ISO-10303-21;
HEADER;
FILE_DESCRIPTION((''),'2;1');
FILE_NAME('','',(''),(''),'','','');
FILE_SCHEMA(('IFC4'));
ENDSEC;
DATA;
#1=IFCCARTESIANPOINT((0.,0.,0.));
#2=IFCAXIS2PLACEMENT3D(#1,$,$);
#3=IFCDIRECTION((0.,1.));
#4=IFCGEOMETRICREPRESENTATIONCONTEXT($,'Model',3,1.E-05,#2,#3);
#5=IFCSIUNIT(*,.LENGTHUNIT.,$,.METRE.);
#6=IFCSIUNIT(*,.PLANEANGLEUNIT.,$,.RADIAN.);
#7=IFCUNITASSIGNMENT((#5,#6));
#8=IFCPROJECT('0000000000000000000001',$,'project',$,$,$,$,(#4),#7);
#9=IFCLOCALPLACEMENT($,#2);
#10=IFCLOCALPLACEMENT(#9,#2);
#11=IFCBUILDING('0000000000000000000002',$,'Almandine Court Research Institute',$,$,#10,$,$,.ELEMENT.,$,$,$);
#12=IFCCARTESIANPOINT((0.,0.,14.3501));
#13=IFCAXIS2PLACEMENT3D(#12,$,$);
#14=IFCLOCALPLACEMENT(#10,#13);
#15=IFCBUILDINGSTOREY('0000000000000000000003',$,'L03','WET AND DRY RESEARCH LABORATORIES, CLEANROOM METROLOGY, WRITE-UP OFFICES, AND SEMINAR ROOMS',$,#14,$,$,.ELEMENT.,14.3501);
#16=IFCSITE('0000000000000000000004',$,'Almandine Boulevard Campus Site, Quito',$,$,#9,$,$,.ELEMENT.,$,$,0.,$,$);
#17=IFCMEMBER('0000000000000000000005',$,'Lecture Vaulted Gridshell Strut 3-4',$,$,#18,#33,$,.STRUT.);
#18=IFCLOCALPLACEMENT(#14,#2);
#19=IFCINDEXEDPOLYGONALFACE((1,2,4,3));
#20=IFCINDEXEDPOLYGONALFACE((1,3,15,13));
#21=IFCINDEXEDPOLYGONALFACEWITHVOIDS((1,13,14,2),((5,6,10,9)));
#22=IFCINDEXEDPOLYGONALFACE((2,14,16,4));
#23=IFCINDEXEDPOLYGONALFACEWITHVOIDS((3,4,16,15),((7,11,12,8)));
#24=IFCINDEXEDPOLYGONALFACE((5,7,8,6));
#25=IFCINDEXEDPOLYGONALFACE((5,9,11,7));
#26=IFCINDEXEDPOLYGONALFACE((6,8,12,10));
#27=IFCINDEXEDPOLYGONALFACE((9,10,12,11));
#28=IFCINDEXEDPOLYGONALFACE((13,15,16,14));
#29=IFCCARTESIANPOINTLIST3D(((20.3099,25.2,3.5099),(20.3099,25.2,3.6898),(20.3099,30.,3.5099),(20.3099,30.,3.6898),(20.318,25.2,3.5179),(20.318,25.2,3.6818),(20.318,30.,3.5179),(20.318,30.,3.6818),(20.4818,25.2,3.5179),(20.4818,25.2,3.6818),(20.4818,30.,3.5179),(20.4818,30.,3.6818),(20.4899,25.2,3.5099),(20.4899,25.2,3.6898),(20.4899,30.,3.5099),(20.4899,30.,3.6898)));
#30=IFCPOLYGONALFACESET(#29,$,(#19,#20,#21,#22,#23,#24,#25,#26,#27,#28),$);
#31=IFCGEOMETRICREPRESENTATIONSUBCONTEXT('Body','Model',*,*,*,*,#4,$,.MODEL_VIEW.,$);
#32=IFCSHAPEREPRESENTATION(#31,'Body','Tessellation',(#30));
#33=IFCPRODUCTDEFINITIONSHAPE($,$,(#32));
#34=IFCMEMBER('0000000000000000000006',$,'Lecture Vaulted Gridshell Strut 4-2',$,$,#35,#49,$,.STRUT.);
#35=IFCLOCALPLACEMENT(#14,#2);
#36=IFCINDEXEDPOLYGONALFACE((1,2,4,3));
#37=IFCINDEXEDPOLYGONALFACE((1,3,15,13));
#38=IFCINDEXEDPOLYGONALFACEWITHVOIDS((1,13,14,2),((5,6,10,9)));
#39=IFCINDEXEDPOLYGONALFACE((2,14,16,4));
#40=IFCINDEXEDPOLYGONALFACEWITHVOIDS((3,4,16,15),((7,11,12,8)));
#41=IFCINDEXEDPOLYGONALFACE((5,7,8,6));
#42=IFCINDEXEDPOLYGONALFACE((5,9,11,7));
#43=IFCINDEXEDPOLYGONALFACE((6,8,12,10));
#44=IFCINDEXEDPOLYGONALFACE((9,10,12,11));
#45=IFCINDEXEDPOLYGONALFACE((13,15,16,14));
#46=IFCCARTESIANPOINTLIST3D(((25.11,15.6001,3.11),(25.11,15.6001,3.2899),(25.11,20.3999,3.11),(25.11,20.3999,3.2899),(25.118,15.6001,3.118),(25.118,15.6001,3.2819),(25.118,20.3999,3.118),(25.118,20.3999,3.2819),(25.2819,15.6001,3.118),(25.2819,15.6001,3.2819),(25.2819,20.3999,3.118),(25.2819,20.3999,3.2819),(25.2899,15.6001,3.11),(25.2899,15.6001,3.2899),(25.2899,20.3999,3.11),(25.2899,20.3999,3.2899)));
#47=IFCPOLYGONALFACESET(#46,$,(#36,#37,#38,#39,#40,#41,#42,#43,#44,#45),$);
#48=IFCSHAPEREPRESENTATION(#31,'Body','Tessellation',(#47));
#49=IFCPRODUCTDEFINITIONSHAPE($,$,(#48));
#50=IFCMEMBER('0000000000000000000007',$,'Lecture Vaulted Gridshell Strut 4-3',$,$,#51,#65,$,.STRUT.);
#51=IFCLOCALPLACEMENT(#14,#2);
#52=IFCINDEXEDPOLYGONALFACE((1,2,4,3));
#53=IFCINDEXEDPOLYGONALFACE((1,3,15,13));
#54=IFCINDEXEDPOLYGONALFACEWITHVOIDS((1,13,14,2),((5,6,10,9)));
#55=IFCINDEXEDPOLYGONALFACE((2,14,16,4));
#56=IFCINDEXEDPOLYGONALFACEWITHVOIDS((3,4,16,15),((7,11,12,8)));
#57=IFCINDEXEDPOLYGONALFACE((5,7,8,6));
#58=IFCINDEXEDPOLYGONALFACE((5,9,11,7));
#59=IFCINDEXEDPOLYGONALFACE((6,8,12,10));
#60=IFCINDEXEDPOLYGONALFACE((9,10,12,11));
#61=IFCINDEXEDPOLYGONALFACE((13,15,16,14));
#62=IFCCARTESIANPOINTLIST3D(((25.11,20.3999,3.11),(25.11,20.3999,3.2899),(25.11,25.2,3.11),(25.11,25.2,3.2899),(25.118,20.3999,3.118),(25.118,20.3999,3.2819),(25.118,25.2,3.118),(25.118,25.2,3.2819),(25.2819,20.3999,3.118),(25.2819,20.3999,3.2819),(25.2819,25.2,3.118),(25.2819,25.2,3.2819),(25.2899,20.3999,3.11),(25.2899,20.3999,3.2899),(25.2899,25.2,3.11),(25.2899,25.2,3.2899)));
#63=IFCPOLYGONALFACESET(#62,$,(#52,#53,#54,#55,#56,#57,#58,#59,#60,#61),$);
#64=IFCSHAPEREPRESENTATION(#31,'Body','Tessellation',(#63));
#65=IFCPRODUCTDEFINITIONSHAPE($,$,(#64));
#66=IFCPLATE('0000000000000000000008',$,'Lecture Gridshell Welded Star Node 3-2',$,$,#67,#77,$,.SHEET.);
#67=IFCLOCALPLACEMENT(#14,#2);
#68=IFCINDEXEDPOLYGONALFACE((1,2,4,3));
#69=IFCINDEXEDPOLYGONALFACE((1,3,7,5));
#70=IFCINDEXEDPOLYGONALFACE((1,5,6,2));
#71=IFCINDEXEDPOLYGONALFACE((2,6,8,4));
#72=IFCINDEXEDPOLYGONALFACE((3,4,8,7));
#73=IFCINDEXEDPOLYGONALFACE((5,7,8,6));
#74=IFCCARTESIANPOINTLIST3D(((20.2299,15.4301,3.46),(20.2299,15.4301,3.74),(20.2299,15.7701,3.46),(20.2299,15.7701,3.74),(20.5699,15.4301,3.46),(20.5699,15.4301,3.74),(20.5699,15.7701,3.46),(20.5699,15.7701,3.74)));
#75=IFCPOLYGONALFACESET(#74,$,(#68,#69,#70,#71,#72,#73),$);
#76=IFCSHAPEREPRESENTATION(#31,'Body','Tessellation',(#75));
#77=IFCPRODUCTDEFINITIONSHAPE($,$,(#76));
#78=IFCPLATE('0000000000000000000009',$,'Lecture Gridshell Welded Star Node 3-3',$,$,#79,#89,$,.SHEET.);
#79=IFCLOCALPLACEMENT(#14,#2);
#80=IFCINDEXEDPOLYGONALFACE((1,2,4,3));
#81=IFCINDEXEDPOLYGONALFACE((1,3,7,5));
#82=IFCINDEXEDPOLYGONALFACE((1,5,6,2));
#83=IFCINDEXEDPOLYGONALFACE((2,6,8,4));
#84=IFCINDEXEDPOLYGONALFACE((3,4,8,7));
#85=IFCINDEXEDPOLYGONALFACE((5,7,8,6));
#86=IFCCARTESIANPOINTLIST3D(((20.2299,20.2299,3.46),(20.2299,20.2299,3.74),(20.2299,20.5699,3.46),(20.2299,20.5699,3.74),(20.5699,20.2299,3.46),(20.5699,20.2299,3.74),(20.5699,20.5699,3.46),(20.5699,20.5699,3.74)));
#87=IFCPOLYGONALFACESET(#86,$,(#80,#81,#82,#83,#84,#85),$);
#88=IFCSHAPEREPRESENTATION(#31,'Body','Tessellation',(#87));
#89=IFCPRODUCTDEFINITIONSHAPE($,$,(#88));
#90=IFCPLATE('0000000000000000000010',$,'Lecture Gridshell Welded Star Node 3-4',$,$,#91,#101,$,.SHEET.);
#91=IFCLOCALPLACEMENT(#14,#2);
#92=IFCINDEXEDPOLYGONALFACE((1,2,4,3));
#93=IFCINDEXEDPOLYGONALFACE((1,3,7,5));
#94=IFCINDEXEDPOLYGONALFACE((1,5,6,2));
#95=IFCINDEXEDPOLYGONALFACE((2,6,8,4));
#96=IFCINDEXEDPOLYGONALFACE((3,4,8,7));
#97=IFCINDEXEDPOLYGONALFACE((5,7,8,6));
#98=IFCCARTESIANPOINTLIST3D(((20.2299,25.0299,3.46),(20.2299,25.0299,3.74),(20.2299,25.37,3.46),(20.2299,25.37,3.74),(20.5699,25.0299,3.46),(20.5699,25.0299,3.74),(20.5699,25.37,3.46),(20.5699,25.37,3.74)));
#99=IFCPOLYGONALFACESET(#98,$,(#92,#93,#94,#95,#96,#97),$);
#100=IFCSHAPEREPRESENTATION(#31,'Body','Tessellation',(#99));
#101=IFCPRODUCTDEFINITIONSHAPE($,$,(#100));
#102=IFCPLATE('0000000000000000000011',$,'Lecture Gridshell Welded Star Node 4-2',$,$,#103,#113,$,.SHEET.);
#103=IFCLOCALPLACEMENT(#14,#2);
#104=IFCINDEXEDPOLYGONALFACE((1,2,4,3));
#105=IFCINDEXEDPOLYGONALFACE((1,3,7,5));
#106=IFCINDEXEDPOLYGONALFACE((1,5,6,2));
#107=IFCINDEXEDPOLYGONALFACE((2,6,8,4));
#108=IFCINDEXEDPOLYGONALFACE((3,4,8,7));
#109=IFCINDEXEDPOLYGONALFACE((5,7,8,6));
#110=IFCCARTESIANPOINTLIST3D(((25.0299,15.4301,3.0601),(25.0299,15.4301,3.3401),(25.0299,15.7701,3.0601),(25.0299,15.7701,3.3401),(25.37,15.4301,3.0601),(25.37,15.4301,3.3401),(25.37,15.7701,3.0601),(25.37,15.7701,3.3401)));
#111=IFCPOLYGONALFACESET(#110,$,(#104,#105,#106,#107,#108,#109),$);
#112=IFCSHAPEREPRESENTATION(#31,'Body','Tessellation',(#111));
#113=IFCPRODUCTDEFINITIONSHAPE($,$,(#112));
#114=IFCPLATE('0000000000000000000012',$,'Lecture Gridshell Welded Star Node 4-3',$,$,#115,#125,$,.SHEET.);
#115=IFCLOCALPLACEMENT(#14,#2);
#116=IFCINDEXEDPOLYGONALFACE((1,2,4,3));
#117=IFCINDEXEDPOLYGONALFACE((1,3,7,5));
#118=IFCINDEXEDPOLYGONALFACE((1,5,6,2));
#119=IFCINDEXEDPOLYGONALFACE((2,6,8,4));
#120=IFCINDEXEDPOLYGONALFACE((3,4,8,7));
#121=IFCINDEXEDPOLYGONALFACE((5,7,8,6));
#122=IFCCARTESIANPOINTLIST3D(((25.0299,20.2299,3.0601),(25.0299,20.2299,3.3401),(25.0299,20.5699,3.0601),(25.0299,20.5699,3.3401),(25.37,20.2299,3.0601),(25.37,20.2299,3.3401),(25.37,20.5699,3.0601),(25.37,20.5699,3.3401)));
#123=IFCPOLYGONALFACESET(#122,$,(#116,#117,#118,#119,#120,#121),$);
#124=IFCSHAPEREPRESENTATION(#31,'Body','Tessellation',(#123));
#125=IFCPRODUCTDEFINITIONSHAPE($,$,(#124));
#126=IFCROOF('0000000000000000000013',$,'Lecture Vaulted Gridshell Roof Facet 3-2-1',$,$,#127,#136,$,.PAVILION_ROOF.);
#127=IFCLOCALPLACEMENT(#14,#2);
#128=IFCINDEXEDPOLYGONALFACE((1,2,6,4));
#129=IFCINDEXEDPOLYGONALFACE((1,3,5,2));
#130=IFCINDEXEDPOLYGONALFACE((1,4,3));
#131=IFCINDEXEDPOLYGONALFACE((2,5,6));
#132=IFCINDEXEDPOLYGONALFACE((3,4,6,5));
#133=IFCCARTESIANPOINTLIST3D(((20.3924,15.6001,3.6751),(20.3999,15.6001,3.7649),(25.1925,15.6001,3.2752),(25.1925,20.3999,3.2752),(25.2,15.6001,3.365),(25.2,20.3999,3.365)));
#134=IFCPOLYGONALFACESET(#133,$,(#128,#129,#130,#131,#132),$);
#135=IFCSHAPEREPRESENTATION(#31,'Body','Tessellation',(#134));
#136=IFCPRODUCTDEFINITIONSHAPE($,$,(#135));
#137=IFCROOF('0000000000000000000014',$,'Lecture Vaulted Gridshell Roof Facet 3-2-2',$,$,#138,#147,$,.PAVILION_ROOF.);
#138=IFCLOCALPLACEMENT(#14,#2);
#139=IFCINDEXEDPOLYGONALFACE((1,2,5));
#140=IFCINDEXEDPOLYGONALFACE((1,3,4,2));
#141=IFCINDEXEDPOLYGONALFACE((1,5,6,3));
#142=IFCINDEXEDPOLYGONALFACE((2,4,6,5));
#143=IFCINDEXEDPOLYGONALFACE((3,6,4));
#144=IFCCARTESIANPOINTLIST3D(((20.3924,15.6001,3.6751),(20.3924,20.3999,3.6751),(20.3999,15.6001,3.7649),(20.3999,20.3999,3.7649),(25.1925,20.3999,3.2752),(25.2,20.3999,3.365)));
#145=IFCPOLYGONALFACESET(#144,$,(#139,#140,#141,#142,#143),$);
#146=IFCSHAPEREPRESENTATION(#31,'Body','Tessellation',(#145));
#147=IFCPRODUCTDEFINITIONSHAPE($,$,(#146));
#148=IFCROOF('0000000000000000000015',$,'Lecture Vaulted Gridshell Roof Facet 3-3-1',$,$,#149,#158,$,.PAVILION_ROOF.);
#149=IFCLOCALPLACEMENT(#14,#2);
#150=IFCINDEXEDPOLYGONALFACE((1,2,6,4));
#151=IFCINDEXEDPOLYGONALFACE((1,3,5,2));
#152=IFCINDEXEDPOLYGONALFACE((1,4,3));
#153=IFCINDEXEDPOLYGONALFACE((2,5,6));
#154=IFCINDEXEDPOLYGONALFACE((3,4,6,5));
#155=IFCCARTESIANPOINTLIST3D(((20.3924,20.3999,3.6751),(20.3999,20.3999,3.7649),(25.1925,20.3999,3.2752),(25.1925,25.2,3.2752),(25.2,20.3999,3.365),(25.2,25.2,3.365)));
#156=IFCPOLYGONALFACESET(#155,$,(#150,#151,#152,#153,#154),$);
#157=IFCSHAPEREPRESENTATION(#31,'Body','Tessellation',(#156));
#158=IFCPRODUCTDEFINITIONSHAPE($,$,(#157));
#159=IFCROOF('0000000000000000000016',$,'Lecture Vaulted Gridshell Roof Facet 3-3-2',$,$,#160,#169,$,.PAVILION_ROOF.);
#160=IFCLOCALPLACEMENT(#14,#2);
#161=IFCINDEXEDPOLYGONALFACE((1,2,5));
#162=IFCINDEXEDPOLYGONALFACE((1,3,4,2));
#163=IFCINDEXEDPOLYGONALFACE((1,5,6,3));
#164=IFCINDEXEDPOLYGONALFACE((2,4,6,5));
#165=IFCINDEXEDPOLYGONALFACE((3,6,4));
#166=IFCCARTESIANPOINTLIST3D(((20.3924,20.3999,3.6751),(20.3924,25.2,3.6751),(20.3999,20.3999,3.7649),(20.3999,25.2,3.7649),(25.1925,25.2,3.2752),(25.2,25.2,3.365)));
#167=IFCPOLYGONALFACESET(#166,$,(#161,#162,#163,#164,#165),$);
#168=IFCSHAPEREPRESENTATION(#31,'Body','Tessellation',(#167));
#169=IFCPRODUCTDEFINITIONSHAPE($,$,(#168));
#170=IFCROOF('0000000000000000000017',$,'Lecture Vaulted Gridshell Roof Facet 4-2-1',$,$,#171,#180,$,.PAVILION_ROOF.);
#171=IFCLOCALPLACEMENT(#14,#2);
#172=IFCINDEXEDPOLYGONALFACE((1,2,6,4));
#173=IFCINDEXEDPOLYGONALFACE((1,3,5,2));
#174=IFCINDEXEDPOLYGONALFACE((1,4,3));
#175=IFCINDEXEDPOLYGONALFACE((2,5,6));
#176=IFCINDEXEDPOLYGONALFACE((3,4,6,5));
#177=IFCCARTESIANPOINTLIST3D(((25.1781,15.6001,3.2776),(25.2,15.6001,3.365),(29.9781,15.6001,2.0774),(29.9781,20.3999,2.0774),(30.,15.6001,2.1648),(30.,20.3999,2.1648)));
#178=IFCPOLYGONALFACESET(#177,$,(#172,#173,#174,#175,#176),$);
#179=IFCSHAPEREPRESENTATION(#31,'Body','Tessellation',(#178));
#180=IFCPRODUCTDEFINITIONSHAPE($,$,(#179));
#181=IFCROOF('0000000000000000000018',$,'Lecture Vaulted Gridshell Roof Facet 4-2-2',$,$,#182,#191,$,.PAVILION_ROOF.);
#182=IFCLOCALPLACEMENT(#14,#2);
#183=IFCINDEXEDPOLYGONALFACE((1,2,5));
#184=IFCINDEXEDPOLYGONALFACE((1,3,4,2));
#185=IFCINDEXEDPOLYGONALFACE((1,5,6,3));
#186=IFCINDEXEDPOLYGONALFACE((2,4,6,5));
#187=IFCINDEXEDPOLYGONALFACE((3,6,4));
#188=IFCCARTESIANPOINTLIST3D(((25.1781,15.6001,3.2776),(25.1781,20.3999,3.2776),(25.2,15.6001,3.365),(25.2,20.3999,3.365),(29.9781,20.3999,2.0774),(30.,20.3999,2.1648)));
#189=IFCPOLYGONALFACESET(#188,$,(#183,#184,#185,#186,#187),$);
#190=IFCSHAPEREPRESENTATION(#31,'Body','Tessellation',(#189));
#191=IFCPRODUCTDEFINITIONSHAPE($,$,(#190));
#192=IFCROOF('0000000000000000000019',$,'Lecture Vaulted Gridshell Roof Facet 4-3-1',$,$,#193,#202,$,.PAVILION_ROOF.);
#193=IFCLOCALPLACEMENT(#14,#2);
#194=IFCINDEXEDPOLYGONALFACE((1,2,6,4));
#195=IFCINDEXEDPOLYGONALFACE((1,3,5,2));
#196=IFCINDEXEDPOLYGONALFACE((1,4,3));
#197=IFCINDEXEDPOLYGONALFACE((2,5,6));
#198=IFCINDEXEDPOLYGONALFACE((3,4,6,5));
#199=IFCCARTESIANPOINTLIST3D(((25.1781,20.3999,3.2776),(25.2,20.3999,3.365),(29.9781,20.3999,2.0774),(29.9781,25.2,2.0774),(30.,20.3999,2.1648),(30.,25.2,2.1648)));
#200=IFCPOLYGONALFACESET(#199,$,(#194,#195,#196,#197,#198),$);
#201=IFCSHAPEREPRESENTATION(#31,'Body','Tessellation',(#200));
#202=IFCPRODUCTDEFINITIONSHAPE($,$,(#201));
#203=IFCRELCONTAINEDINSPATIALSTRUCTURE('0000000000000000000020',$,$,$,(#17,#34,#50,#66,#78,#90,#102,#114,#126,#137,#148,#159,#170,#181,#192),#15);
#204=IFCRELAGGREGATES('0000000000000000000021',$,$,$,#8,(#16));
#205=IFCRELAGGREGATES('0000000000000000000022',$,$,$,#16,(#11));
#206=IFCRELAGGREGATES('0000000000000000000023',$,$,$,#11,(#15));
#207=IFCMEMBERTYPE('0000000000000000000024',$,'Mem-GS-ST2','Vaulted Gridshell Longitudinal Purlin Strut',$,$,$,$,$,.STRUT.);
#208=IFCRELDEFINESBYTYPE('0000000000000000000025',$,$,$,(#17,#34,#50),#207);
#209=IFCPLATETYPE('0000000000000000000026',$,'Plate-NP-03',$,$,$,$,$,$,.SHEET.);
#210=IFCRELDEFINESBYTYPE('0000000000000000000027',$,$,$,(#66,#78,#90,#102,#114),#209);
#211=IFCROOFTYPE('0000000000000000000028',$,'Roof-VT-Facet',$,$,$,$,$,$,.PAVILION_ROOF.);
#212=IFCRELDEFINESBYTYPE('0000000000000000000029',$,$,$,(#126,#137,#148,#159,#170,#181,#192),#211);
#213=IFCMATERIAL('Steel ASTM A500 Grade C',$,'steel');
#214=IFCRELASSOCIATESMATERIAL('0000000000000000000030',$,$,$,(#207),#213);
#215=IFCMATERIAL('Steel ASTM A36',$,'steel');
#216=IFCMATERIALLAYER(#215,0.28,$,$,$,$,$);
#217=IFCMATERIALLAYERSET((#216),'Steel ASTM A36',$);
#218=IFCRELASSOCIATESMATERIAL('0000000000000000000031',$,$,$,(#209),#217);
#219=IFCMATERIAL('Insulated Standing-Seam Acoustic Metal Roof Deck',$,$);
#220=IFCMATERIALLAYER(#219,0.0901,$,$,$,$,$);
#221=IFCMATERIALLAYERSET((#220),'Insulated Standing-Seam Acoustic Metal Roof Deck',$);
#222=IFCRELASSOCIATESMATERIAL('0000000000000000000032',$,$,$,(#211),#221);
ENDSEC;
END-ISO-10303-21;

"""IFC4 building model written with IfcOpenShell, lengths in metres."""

from ifc_helpers import new_model, si_unit, direction, frame, origin, origin_2d, place, context, subcontext, project, spatial, polyline, rectangle, hollow_rectangle, outline, extrude, material, layer, layer_set, material_profile, profile_set, type_object, element, save


model = new_model("IFC4")

# Units and contexts
model_context = context("Model", 3, precision=1e-05, world=origin(), true_north=direction((0.0, 1.0)))
body_context = subcontext(model_context, "Body", "Model", "MODEL_VIEW")
ifc_project = project(units=[si_unit("LENGTHUNIT", "METRE"), si_unit("PLANEANGLEUNIT", "RADIAN")], contexts=[model_context])

# Site, building, storey
site_placement = place(None, origin())
site = spatial("IfcSite", under=ifc_project, at=site_placement, Name="Almandine Boulevard Campus Site, Quito", CompositionType="ELEMENT", RefElevation=0.0)
building_placement = place(site_placement, origin())
building = spatial("IfcBuilding", under=site, at=building_placement, Name="Almandine Court Research Institute", CompositionType="ELEMENT")
storey_placement = place(building_placement, frame((0.0, 0.0, 14.3501)))
storey = spatial("IfcBuildingStorey", under=building, at=storey_placement, Name="L03", Description="WET AND DRY RESEARCH LABORATORIES, CLEANROOM METROLOGY, WRITE-UP OFFICES, AND SEMINAR ROOMS", CompositionType="ELEMENT", Elevation=14.3501)

# Members
ifc_material_1 = material(Name="Steel ASTM A500 Grade C", Category="steel")
ifc_material_profile_1 = material_profile(ifc_material_1, hollow_rectangle(XDim=0.1799, YDim=0.1799, WallThickness=0.0081, at=origin_2d()), Name="HSS 180x180x8")
ifc_profile_set_1 = profile_set([ifc_material_profile_1], Name="Steel ASTM A500 Grade C")
member_type_1 = type_object("IfcMemberType", Name="Mem-GS-ST2", Description="Vaulted Gridshell Longitudinal Purlin Strut", PredefinedType="STRUT", material=ifc_profile_set_1)
for number, where, z_axis, x_axis, name in (
    (1, (20.3999, 25.2, 3.5999), (0.0, 1.0, 0.0), (-1.0, 0.0, 0.0), "Lecture Vaulted Gridshell Strut 3-4"),
):
    element("IfcMember", number, at=place(storey_placement, frame(where, z_axis=z_axis, x_axis=x_axis)), inside=storey, type_object=member_type_1, Name=name, PredefinedType="STRUT", context=body_context, shape_type="SweptSolid", body=[
        extrude(hollow_rectangle(XDim=0.1799, YDim=0.1799, WallThickness=0.0081, at=origin_2d()), origin(), (0.0, 0.0, 1.0), 4.8),
    ])
member_1_placement = place(storey_placement, frame((25.2, 15.6001, 3.2), z_axis=(0.0, 1.0, 0.0), x_axis=(-1.0, 0.0, 0.0)))
element("IfcMember", 2, at=member_1_placement, inside=storey, type_object=member_type_1, Name="Lecture Vaulted Gridshell Strut 4-2", PredefinedType="STRUT", context=body_context, shape_type="SweptSolid", body=[
    extrude(hollow_rectangle(XDim=0.1799, YDim=0.1799, WallThickness=0.0081, at=origin_2d()), origin(), (0.0, 0.0, 1.0), 4.7998),
])
member_2_placement = place(storey_placement, frame((25.2, 20.3999, 3.2), z_axis=(0.0, 1.0, 0.0), x_axis=(-1.0, 0.0, 0.0)))
element("IfcMember", 3, at=member_2_placement, inside=storey, type_object=member_type_1, Name="Lecture Vaulted Gridshell Strut 4-3", PredefinedType="STRUT", context=body_context, shape_type="SweptSolid", body=[
    extrude(hollow_rectangle(XDim=0.1799, YDim=0.1799, WallThickness=0.0081, at=origin_2d()), origin(), (0.0, 0.0, 1.0), 4.8),
])

# Plates
ifc_material_2 = material(Name="Steel ASTM A36", Category="steel")
ifc_layer_1 = layer(ifc_material_2, 0.28)
ifc_layer_set_1 = layer_set([ifc_layer_1], Name="Steel ASTM A36")
plate_type = type_object("IfcPlateType", Name="Plate-NP-03", PredefinedType="SHEET", material=ifc_layer_set_1)
for number, where, z_axis, x_axis, name in (
    (4, (20.3999, 15.6001, 3.46), (0.0, 0.0, 1.0), (1.0, 0.0, 0.0), "Lecture Gridshell Welded Star Node 3-2"),
    (5, (20.3999, 20.3999, 3.46), (0.0, 0.0, 1.0), (1.0, 0.0, 0.0), "Lecture Gridshell Welded Star Node 3-3"),
    (6, (20.3999, 25.2, 3.46), (0.0, 0.0, 1.0), (1.0, 0.0, 0.0), "Lecture Gridshell Welded Star Node 3-4"),
    (7, (25.2, 15.6001, 3.0601), (0.0, 0.0, 1.0), (1.0, 0.0, 0.0), "Lecture Gridshell Welded Star Node 4-2"),
    (8, (25.2, 20.3999, 3.0601), (0.0, 0.0, 1.0), (1.0, 0.0, 0.0), "Lecture Gridshell Welded Star Node 4-3"),
):
    element("IfcPlate", number, at=place(storey_placement, frame(where, z_axis=z_axis, x_axis=x_axis)), inside=storey, type_object=plate_type, Name=name, PredefinedType="SHEET", context=body_context, shape_type="SweptSolid", body=[
        extrude(rectangle(XDim=0.3401, YDim=0.3401, at=origin_2d()), origin(), (0.0, 0.0, 1.0), 0.28),
    ])

# Roofs
ifc_material_3 = material(Name="Insulated Standing-Seam Acoustic Metal Roof Deck")
ifc_layer_2 = layer(ifc_material_3, 0.0901)
ifc_layer_set_2 = layer_set([ifc_layer_2], Name="Insulated Standing-Seam Acoustic Metal Roof Deck")
roof_type = type_object("IfcRoofType", Name="Roof-VT-Facet", PredefinedType="PAVILION_ROOF", material=ifc_layer_set_2)
roof_1_placement = place(storey_placement, frame((20.3999, 15.6001, 3.7649), z_axis=(0.083025, 0.0, 0.996548), x_axis=(0.996548, 0.0, -0.083025)))
element("IfcRoof", 9, at=roof_1_placement, inside=storey, type_object=roof_type, Name="Lecture Vaulted Gridshell Roof Facet 3-2-1", PredefinedType="PAVILION_ROOF", context=body_context, shape_type="SweptSolid", body=[
    extrude(outline(polyline([(0.0, 0.0), (4.8167, 0.0), (4.8167, 4.7998), (0.0, 0.0)])), origin(), (0.0, 0.0, -1.0), 0.0901),
])
roof_2_placement = place(storey_placement, frame((20.3999, 15.6001, 3.7649), z_axis=(0.083025, 0.0, 0.996548), x_axis=(0.705901, 0.705865, -0.05881)))
element("IfcRoof", 10, at=roof_2_placement, inside=storey, type_object=roof_type, Name="Lecture Vaulted Gridshell Roof Facet 3-2-2", PredefinedType="PAVILION_ROOF", context=body_context, shape_type="SweptSolid", body=[
    extrude(outline(polyline([(0.0, 0.0), (6.7999, 0.0), (3.388, 3.3999), (0.0, 0.0)])), origin(), (0.0, 0.0, -1.0), 0.0901),
])
roof_3_placement = place(storey_placement, frame((20.3999, 20.3999, 3.7649), z_axis=(0.083025, 0.0, 0.996548), x_axis=(0.996548, 0.0, -0.083025)))
element("IfcRoof", 11, at=roof_3_placement, inside=storey, type_object=roof_type, Name="Lecture Vaulted Gridshell Roof Facet 3-3-1", PredefinedType="PAVILION_ROOF", context=body_context, shape_type="SweptSolid", body=[
    extrude(outline(polyline([(0.0, 0.0), (4.8167, 0.0), (4.8167, 4.8), (0.0, 0.0)])), origin(), (0.0, 0.0, -1.0), 0.0901),
])
roof_4_placement = place(storey_placement, frame((20.3999, 20.3999, 3.7649), z_axis=(0.083025, 0.0, 0.996548), x_axis=(0.705883, 0.705883, -0.058809)))
element("IfcRoof", 12, at=roof_4_placement, inside=storey, type_object=roof_type, Name="Lecture Vaulted Gridshell Roof Facet 3-3-2", PredefinedType="PAVILION_ROOF", context=body_context, shape_type="SweptSolid", body=[
    extrude(outline(polyline([(0.0, 0.0), (6.8001, 0.0), (3.3883, 3.4), (0.0, 0.0)])), origin(), (0.0, 0.0, -1.0), 0.0901),
])
roof_5_placement = place(storey_placement, frame((25.2, 15.6001, 3.365), z_axis=(0.24257, 0.0, 0.970134), x_axis=(0.970134, 0.0, -0.24257)))
element("IfcRoof", 13, at=roof_5_placement, inside=storey, type_object=roof_type, Name="Lecture Vaulted Gridshell Roof Facet 4-2-1", PredefinedType="PAVILION_ROOF", context=body_context, shape_type="SweptSolid", body=[
    extrude(outline(polyline([(0.0, 0.0), (4.9478, 0.0), (4.9478, 4.7998), (0.0, 0.0)])), origin(), (0.0, 0.0, -1.0), 0.0901),
])
roof_6_placement = place(storey_placement, frame((25.2, 15.6001, 3.365), z_axis=(0.24257, 0.0, 0.970134), x_axis=(0.696325, 0.696289, -0.174108)))
element("IfcRoof", 14, at=roof_6_placement, inside=storey, type_object=roof_type, Name="Lecture Vaulted Gridshell Roof Facet 4-2-2", PredefinedType="PAVILION_ROOF", context=body_context, shape_type="SweptSolid", body=[
    extrude(outline(polyline([(0.0, 0.0), (6.8934, 0.0), (3.3421, 3.4451), (0.0, 0.0)])), origin(), (0.0, 0.0, -1.0), 0.0901),
])
roof_7_placement = place(storey_placement, frame((25.2, 20.3999, 3.365), z_axis=(0.24257, 0.0, 0.970134), x_axis=(0.970134, 0.0, -0.24257)))
element("IfcRoof", 15, at=roof_7_placement, inside=storey, type_object=roof_type, Name="Lecture Vaulted Gridshell Roof Facet 4-3-1", PredefinedType="PAVILION_ROOF", context=body_context, shape_type="SweptSolid", body=[
    extrude(outline(polyline([(0.0, 0.0), (4.9478, 0.0), (4.9478, 4.8), (0.0, 0.0)])), origin(), (0.0, 0.0, -1.0), 0.0901),
])

save(model, "model.ifc")
